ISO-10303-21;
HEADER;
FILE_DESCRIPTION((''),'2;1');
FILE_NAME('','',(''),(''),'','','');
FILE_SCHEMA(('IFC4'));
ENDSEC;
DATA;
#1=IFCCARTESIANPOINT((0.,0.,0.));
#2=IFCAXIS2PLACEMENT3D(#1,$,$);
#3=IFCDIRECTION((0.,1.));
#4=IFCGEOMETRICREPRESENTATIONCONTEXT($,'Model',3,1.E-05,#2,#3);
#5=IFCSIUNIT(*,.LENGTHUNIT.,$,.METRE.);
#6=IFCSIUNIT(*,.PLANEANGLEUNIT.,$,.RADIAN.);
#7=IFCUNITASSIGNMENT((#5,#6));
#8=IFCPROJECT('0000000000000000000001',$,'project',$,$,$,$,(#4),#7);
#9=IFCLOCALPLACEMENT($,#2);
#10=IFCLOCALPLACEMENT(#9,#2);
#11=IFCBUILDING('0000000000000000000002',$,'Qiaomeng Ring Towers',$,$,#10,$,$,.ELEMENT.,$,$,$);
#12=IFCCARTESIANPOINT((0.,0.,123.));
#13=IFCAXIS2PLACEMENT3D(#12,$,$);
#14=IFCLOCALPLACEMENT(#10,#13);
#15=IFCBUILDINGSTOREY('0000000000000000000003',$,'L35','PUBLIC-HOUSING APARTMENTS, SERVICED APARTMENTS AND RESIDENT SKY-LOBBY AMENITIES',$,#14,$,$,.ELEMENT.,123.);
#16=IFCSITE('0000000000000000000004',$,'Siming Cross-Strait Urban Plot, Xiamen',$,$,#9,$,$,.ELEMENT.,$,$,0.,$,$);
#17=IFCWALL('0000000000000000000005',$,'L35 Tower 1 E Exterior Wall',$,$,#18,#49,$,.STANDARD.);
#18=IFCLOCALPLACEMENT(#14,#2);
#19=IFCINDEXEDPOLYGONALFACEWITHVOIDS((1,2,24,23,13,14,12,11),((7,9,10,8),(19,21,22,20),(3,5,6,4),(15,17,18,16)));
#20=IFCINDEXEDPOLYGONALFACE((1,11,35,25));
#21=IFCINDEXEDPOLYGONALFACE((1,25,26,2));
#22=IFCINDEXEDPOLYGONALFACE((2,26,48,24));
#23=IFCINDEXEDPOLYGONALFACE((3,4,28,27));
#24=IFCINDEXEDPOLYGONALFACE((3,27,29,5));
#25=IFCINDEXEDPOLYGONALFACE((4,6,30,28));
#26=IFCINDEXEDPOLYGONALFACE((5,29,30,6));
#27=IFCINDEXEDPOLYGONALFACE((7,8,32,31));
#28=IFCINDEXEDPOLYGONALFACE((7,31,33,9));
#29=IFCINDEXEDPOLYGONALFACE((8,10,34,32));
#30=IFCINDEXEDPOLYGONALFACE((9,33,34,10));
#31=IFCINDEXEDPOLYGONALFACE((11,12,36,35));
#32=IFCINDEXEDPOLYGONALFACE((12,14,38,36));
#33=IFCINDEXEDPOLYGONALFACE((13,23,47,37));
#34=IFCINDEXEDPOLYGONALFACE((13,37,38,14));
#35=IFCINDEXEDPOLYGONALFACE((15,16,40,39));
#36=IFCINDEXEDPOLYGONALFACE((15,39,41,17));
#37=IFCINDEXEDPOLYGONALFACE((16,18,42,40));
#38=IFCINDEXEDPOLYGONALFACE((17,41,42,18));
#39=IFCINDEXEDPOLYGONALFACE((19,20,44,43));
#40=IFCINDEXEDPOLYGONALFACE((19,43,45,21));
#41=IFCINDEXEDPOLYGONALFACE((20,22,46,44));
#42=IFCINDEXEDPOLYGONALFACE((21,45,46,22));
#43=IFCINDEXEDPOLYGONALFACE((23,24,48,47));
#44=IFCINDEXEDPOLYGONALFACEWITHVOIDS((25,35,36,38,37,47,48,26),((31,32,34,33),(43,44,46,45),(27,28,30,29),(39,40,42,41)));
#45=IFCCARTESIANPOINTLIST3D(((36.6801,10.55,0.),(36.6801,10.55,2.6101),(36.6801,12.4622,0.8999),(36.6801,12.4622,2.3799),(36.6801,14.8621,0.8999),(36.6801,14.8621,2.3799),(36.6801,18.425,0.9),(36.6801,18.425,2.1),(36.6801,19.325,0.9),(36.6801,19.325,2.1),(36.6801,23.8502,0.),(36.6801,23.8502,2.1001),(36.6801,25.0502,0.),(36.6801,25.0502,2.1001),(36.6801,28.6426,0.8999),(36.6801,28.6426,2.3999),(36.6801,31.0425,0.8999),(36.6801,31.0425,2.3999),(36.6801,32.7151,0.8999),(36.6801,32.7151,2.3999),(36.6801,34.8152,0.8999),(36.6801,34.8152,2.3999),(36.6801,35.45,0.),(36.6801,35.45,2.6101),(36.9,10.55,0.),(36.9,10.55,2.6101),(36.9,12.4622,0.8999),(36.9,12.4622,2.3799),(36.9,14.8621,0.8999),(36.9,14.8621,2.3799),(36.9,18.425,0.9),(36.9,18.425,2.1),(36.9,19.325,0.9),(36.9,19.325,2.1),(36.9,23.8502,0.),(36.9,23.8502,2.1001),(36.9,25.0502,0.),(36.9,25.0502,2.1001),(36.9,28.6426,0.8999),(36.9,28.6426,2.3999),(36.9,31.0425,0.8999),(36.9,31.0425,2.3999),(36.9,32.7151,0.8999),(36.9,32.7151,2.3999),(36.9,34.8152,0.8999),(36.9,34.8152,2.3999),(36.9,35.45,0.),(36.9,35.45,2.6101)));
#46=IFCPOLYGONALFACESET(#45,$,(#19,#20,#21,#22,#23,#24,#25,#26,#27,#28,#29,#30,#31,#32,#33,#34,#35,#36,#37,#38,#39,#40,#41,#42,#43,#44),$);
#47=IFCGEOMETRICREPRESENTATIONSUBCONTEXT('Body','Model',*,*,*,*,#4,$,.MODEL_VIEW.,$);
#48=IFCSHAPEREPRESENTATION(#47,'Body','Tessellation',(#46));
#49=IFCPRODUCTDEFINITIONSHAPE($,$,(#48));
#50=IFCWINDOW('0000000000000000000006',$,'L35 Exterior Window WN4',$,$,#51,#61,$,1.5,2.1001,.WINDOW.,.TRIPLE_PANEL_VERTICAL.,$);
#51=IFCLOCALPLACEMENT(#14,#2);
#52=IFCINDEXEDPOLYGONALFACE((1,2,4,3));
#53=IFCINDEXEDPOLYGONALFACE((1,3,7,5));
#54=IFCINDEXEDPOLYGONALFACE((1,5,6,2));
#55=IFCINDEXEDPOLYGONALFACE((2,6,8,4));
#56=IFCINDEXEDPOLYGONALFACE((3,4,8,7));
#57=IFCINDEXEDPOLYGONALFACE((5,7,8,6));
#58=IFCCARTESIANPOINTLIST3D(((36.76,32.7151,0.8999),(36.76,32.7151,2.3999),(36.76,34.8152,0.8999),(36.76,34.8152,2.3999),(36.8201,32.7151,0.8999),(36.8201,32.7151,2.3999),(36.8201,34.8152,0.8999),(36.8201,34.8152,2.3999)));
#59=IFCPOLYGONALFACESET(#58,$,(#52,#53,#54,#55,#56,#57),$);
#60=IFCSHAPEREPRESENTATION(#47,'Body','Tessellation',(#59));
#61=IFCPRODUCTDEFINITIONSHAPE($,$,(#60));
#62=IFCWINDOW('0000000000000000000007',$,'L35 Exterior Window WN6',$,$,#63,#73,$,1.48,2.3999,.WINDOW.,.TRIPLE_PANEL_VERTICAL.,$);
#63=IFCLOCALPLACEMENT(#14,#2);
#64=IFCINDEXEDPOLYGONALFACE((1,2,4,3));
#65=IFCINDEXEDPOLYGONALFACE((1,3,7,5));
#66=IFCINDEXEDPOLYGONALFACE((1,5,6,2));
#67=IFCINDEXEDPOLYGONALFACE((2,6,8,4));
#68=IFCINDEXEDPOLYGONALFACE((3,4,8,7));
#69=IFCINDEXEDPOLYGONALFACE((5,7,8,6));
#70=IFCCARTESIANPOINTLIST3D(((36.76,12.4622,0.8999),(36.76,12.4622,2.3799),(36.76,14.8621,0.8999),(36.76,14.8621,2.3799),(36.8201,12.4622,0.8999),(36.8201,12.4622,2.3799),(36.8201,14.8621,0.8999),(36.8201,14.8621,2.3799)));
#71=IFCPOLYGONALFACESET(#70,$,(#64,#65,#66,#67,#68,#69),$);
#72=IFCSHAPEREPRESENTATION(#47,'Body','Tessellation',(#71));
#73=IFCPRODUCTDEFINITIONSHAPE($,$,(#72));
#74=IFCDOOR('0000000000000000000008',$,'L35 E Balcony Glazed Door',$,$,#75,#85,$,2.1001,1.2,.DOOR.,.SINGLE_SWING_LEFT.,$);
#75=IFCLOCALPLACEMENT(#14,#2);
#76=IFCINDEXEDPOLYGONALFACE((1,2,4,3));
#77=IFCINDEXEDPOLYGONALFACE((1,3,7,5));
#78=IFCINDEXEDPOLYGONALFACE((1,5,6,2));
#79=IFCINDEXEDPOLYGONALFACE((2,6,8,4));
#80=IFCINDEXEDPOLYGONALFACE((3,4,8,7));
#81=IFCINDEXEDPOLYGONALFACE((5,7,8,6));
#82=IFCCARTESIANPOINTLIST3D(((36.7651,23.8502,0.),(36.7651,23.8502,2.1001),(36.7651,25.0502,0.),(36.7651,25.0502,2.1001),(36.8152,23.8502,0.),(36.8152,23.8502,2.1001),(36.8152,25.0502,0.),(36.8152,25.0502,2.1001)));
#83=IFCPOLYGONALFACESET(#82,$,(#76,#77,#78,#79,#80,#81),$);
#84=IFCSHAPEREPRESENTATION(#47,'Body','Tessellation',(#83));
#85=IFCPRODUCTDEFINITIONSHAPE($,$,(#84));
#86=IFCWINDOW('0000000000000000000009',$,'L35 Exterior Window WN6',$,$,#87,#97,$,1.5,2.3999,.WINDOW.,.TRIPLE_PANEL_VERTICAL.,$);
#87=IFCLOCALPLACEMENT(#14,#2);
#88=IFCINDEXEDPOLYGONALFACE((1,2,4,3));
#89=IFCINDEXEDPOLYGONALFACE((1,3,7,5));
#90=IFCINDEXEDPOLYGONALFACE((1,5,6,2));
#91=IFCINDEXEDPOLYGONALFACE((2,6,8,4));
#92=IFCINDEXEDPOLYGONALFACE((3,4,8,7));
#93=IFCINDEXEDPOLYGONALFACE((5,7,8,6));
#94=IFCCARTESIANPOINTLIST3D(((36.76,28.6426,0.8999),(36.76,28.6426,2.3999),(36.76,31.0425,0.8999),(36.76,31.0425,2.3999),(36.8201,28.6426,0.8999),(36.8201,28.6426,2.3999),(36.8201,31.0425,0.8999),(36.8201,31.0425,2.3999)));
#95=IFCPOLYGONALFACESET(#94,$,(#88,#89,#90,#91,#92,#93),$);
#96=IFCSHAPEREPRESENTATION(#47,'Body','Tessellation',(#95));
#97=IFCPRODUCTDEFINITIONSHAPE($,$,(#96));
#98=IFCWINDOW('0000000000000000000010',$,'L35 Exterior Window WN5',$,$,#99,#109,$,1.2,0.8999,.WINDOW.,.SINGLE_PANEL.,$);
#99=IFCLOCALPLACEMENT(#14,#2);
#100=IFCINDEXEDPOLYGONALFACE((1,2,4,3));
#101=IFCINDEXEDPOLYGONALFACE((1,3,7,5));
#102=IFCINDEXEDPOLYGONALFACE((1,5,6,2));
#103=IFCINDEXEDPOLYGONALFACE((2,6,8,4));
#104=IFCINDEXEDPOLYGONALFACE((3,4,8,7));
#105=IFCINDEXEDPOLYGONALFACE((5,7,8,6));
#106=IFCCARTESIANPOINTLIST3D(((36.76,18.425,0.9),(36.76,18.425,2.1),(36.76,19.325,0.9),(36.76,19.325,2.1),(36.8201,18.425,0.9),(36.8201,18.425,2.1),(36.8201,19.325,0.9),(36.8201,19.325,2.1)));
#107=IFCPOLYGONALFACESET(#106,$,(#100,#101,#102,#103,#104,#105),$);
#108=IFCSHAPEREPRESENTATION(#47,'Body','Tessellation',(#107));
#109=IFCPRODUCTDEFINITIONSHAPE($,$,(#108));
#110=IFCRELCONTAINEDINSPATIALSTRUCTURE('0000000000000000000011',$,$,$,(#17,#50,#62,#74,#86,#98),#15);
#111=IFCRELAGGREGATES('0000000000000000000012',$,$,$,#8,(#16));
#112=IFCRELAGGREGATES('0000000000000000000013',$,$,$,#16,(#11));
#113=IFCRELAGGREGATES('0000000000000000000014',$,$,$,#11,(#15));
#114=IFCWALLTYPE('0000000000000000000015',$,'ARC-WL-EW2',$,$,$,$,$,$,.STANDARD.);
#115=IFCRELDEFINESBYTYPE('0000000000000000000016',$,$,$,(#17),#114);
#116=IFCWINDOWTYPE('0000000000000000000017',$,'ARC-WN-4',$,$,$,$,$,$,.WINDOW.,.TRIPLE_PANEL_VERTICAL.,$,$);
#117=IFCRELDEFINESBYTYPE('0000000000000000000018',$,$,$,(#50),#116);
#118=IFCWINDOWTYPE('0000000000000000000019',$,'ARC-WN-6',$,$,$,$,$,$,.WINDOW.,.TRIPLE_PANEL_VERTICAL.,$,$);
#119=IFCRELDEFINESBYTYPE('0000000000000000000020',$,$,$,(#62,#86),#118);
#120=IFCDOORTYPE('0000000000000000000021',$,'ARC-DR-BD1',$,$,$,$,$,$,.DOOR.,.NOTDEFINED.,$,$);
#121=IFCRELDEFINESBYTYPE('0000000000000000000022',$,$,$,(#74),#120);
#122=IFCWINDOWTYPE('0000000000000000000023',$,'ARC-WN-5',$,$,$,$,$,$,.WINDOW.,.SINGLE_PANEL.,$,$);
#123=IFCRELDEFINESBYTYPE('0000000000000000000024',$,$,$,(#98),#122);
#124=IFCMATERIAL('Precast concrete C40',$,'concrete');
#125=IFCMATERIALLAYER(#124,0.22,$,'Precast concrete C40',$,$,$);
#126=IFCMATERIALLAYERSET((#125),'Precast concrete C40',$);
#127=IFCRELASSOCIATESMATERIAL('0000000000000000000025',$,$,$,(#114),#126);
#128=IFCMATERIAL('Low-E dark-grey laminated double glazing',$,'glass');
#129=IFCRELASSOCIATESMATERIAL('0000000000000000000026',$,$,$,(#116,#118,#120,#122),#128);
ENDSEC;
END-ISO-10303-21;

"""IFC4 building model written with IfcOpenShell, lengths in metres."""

from ifc_helpers import new_model, si_unit, direction, frame, frame_2d, origin, place, context, subcontext, project, spatial, rectangle, extrude, source, transform, mapped, material, layer, layer_set, type_object, element, fill, save


model = new_model("IFC4")

# Units and contexts
model_context = context("Model", 3, precision=1e-05, world=origin(), true_north=direction((0.0, 1.0)))
body_context = subcontext(model_context, "Body", "Model", "MODEL_VIEW")
ifc_project = project(units=[si_unit("LENGTHUNIT", "METRE"), si_unit("PLANEANGLEUNIT", "RADIAN")], contexts=[model_context])

# Site, building, storey
site_placement = place(None, origin())
site = spatial("IfcSite", under=ifc_project, at=site_placement, Name="Siming Cross-Strait Urban Plot, Xiamen", CompositionType="ELEMENT", RefElevation=0.0)
building_placement = place(site_placement, origin())
building = spatial("IfcBuilding", under=site, at=building_placement, Name="Qiaomeng Ring Towers", CompositionType="ELEMENT")
storey_placement = place(building_placement, frame((0.0, 0.0, 123.0)))
storey = spatial("IfcBuildingStorey", under=building, at=storey_placement, Name="L35", Description="PUBLIC-HOUSING APARTMENTS, SERVICED APARTMENTS AND RESIDENT SKY-LOBBY AMENITIES", CompositionType="ELEMENT", Elevation=123.0)

# Shared definitions
ifc_material_1 = material(Name="Low-E dark-grey laminated double glazing", Category="glass")

# Wall, openings, windows, door
ifc_material_2 = material(Name="Precast concrete C40", Category="concrete")
ifc_layer_1 = layer(ifc_material_2, 0.22, Name="Precast concrete C40")
ifc_layer_set_1 = layer_set([ifc_layer_1], Name="Precast concrete C40")
wall_type_1 = type_object("IfcWallType", Name="ARC-WL-EW2", PredefinedType="STANDARD", material=ifc_layer_set_1)
wall_1_placement = place(storey_placement, frame((36.79, 10.55, 0.0), z_axis=(0.0, 0.0, 1.0), x_axis=(0.0, 1.0, 0.0)))
wall_1 = element("IfcWall", 1, at=wall_1_placement, inside=storey, type_object=wall_type_1, Name="L35 Tower 1 E Exterior Wall", PredefinedType="STANDARD", context=body_context, shape_type="SweptSolid", body=[
    extrude(rectangle(XDim=24.8999, YDim=0.22, at=frame_2d((12.45, 0.0))), origin(), (0.0, 0.0, 1.0), 2.6101),
])
opening_1_placement = place(wall_1_placement, frame((13.3, 0.0, 0.0)))
opening_1 = element("IfcOpeningElement", 2, at=opening_1_placement, cuts=wall_1, PredefinedType="OPENING", context=body_context, shape_type="SweptSolid", body=[
    extrude(rectangle(XDim=1.2, YDim=2.1001, at=frame_2d((0.6001, 1.05))), frame((0.0, 0.1199, 0.0), z_axis=(0.0, -1.0, 0.0), x_axis=(1.0, 0.0, 0.0)), (0.0, 0.0, 1.0), 0.24),
])
opening_2_placement = place(wall_1_placement, frame((1.9121, 0.0, 0.8999)))
opening_2 = element("IfcOpeningElement", 3, at=opening_2_placement, cuts=wall_1, PredefinedType="OPENING", context=body_context, shape_type="SweptSolid", body=[
    extrude(rectangle(XDim=2.3999, YDim=1.48, at=frame_2d((1.2, 0.74))), frame((0.0, 0.1199, 0.0), z_axis=(0.0, -1.0, 0.0), x_axis=(1.0, 0.0, 0.0)), (0.0, 0.0, 1.0), 0.24),
])
opening_3_placement = place(wall_1_placement, frame((22.165, 0.0, 0.8999)))
opening_3 = element("IfcOpeningElement", 4, at=opening_3_placement, cuts=wall_1, PredefinedType="OPENING", context=body_context, shape_type="SweptSolid", body=[
    extrude(rectangle(XDim=2.1001, YDim=1.5, at=frame_2d((1.05, 0.75))), frame((0.0, 0.1199, 0.0), z_axis=(0.0, -1.0, 0.0), x_axis=(1.0, 0.0, 0.0)), (0.0, 0.0, 1.0), 0.24),
])
opening_4_placement = place(wall_1_placement, frame((18.0925, 0.0, 0.8999)))
opening_4 = element("IfcOpeningElement", 5, at=opening_4_placement, cuts=wall_1, PredefinedType="OPENING", context=body_context, shape_type="SweptSolid", body=[
    extrude(rectangle(XDim=2.3999, YDim=1.5, at=frame_2d((1.2, 0.75))), frame((0.0, 0.1199, 0.0), z_axis=(0.0, -1.0, 0.0), x_axis=(1.0, 0.0, 0.0)), (0.0, 0.0, 1.0), 0.24),
])
opening_5_placement = place(wall_1_placement, frame((7.875, 0.0, 0.8999)))
opening_5 = element("IfcOpeningElement", 6, at=opening_5_placement, cuts=wall_1, PredefinedType="OPENING", context=body_context, shape_type="SweptSolid", body=[
    extrude(rectangle(XDim=0.8999, YDim=1.2, at=frame_2d((0.45, 0.6001))), frame((0.0, 0.1199, 0.0), z_axis=(0.0, -1.0, 0.0), x_axis=(1.0, 0.0, 0.0)), (0.0, 0.0, 1.0), 0.24),
])
window_type_1 = type_object("IfcWindowType", Name="ARC-WN-4", PartitioningType="TRIPLE_PANEL_VERTICAL", PredefinedType="WINDOW", material=ifc_material_1)
shared_shape_1 = source(origin(), body_context, "Body", "SweptSolid", [
    extrude(rectangle(XDim=2.1001, YDim=1.5, at=frame_2d((1.05, 0.75))), frame((0.0, 0.03, 0.0), z_axis=(0.0, -1.0, 0.0), x_axis=(1.0, 0.0, 0.0)), (0.0, 0.0, 1.0), 0.0601),
])
window_1_placement = place(opening_3_placement, origin())
window_1 = element("IfcWindow", 7, at=window_1_placement, inside=storey, type_object=window_type_1, Name="L35 Exterior Window WN4", OverallHeight=1.5, OverallWidth=2.1001, PartitioningType="TRIPLE_PANEL_VERTICAL", PredefinedType="WINDOW", context=body_context, shape_type="MappedRepresentation", body=[
    mapped(shared_shape_1, transform((0.0, 0.0, 0.0), x_axis=(1.0, 0.0, 0.0), y_axis=(0.0, 1.0, 0.0), z_axis=(0.0, 0.0, 1.0), scale=1.0)),
])
fill(opening_3, window_1)
window_type_2 = type_object("IfcWindowType", Name="ARC-WN-6", PartitioningType="TRIPLE_PANEL_VERTICAL", PredefinedType="WINDOW", material=ifc_material_1)
shared_shape_2 = source(origin(), body_context, "Body", "SweptSolid", [
    extrude(rectangle(XDim=2.3999, YDim=1.48, at=frame_2d((1.2, 0.74))), frame((0.0, 0.03, 0.0), z_axis=(0.0, -1.0, 0.0), x_axis=(1.0, 0.0, 0.0)), (0.0, 0.0, 1.0), 0.0601),
])
window_2_placement = place(opening_2_placement, origin())
window_2 = element("IfcWindow", 8, at=window_2_placement, inside=storey, type_object=window_type_2, Name="L35 Exterior Window WN6", OverallHeight=1.48, OverallWidth=2.3999, PartitioningType="TRIPLE_PANEL_VERTICAL", PredefinedType="WINDOW", context=body_context, shape_type="MappedRepresentation", body=[
    mapped(shared_shape_2, transform((0.0, 0.0, 0.0), x_axis=(1.0, 0.0, 0.0), y_axis=(0.0, 1.0, 0.0), z_axis=(0.0, 0.0, 1.0), scale=1.0)),
])
fill(opening_2, window_2)
door_type_1 = type_object("IfcDoorType", Name="ARC-DR-BD1", OperationType="NOTDEFINED", PredefinedType="DOOR", material=ifc_material_1)
shared_shape_3 = source(origin(), body_context, "Body", "SweptSolid", [
    extrude(rectangle(XDim=1.2, YDim=2.1001, at=frame_2d((0.6001, 1.05))), frame((0.0, 0.0249, 0.0), z_axis=(0.0, -1.0, 0.0), x_axis=(1.0, 0.0, 0.0)), (0.0, 0.0, 1.0), 0.05),
])
door_1_placement = place(opening_1_placement, origin())
door_1 = element("IfcDoor", 9, at=door_1_placement, inside=storey, type_object=door_type_1, Name="L35 E Balcony Glazed Door", OperationType="SINGLE_SWING_LEFT", OverallHeight=2.1001, OverallWidth=1.2, PredefinedType="DOOR", context=body_context, shape_type="MappedRepresentation", body=[
    mapped(shared_shape_3, transform((0.0, 0.0, 0.0), x_axis=(1.0, 0.0, 0.0), y_axis=(0.0, 1.0, 0.0), z_axis=(0.0, 0.0, 1.0), scale=1.0)),
])
fill(opening_1, door_1)
shared_shape_4 = source(origin(), body_context, "Body", "SweptSolid", [
    extrude(rectangle(XDim=2.3999, YDim=1.5, at=frame_2d((1.2, 0.75))), frame((0.0, 0.03, 0.0), z_axis=(0.0, -1.0, 0.0), x_axis=(1.0, 0.0, 0.0)), (0.0, 0.0, 1.0), 0.0601),
])
window_3_placement = place(opening_4_placement, origin())
window_3 = element("IfcWindow", 10, at=window_3_placement, inside=storey, type_object=window_type_2, Name="L35 Exterior Window WN6", OverallHeight=1.5, OverallWidth=2.3999, PartitioningType="TRIPLE_PANEL_VERTICAL", PredefinedType="WINDOW", context=body_context, shape_type="MappedRepresentation", body=[
    mapped(shared_shape_4, transform((0.0, 0.0, 0.0), x_axis=(1.0, 0.0, 0.0), y_axis=(0.0, 1.0, 0.0), z_axis=(0.0, 0.0, 1.0), scale=1.0)),
])
fill(opening_4, window_3)
window_type_3 = type_object("IfcWindowType", Name="ARC-WN-5", PartitioningType="SINGLE_PANEL", PredefinedType="WINDOW", material=ifc_material_1)
shared_shape_5 = source(origin(), body_context, "Body", "SweptSolid", [
    extrude(rectangle(XDim=0.8999, YDim=1.2, at=frame_2d((0.45, 0.6001))), frame((0.0, 0.03, 0.0), z_axis=(0.0, -1.0, 0.0), x_axis=(1.0, 0.0, 0.0)), (0.0, 0.0, 1.0), 0.0601),
])
window_4_placement = place(opening_5_placement, origin())
window_4 = element("IfcWindow", 11, at=window_4_placement, inside=storey, type_object=window_type_3, Name="L35 Exterior Window WN5", OverallHeight=1.2, OverallWidth=0.8999, PartitioningType="SINGLE_PANEL", PredefinedType="WINDOW", context=body_context, shape_type="MappedRepresentation", body=[
    mapped(shared_shape_5, transform((0.0, 0.0, 0.0), x_axis=(1.0, 0.0, 0.0), y_axis=(0.0, 1.0, 0.0), z_axis=(0.0, 0.0, 1.0), scale=1.0)),
])
fill(opening_5, window_4)

save(model, "model.ifc")
